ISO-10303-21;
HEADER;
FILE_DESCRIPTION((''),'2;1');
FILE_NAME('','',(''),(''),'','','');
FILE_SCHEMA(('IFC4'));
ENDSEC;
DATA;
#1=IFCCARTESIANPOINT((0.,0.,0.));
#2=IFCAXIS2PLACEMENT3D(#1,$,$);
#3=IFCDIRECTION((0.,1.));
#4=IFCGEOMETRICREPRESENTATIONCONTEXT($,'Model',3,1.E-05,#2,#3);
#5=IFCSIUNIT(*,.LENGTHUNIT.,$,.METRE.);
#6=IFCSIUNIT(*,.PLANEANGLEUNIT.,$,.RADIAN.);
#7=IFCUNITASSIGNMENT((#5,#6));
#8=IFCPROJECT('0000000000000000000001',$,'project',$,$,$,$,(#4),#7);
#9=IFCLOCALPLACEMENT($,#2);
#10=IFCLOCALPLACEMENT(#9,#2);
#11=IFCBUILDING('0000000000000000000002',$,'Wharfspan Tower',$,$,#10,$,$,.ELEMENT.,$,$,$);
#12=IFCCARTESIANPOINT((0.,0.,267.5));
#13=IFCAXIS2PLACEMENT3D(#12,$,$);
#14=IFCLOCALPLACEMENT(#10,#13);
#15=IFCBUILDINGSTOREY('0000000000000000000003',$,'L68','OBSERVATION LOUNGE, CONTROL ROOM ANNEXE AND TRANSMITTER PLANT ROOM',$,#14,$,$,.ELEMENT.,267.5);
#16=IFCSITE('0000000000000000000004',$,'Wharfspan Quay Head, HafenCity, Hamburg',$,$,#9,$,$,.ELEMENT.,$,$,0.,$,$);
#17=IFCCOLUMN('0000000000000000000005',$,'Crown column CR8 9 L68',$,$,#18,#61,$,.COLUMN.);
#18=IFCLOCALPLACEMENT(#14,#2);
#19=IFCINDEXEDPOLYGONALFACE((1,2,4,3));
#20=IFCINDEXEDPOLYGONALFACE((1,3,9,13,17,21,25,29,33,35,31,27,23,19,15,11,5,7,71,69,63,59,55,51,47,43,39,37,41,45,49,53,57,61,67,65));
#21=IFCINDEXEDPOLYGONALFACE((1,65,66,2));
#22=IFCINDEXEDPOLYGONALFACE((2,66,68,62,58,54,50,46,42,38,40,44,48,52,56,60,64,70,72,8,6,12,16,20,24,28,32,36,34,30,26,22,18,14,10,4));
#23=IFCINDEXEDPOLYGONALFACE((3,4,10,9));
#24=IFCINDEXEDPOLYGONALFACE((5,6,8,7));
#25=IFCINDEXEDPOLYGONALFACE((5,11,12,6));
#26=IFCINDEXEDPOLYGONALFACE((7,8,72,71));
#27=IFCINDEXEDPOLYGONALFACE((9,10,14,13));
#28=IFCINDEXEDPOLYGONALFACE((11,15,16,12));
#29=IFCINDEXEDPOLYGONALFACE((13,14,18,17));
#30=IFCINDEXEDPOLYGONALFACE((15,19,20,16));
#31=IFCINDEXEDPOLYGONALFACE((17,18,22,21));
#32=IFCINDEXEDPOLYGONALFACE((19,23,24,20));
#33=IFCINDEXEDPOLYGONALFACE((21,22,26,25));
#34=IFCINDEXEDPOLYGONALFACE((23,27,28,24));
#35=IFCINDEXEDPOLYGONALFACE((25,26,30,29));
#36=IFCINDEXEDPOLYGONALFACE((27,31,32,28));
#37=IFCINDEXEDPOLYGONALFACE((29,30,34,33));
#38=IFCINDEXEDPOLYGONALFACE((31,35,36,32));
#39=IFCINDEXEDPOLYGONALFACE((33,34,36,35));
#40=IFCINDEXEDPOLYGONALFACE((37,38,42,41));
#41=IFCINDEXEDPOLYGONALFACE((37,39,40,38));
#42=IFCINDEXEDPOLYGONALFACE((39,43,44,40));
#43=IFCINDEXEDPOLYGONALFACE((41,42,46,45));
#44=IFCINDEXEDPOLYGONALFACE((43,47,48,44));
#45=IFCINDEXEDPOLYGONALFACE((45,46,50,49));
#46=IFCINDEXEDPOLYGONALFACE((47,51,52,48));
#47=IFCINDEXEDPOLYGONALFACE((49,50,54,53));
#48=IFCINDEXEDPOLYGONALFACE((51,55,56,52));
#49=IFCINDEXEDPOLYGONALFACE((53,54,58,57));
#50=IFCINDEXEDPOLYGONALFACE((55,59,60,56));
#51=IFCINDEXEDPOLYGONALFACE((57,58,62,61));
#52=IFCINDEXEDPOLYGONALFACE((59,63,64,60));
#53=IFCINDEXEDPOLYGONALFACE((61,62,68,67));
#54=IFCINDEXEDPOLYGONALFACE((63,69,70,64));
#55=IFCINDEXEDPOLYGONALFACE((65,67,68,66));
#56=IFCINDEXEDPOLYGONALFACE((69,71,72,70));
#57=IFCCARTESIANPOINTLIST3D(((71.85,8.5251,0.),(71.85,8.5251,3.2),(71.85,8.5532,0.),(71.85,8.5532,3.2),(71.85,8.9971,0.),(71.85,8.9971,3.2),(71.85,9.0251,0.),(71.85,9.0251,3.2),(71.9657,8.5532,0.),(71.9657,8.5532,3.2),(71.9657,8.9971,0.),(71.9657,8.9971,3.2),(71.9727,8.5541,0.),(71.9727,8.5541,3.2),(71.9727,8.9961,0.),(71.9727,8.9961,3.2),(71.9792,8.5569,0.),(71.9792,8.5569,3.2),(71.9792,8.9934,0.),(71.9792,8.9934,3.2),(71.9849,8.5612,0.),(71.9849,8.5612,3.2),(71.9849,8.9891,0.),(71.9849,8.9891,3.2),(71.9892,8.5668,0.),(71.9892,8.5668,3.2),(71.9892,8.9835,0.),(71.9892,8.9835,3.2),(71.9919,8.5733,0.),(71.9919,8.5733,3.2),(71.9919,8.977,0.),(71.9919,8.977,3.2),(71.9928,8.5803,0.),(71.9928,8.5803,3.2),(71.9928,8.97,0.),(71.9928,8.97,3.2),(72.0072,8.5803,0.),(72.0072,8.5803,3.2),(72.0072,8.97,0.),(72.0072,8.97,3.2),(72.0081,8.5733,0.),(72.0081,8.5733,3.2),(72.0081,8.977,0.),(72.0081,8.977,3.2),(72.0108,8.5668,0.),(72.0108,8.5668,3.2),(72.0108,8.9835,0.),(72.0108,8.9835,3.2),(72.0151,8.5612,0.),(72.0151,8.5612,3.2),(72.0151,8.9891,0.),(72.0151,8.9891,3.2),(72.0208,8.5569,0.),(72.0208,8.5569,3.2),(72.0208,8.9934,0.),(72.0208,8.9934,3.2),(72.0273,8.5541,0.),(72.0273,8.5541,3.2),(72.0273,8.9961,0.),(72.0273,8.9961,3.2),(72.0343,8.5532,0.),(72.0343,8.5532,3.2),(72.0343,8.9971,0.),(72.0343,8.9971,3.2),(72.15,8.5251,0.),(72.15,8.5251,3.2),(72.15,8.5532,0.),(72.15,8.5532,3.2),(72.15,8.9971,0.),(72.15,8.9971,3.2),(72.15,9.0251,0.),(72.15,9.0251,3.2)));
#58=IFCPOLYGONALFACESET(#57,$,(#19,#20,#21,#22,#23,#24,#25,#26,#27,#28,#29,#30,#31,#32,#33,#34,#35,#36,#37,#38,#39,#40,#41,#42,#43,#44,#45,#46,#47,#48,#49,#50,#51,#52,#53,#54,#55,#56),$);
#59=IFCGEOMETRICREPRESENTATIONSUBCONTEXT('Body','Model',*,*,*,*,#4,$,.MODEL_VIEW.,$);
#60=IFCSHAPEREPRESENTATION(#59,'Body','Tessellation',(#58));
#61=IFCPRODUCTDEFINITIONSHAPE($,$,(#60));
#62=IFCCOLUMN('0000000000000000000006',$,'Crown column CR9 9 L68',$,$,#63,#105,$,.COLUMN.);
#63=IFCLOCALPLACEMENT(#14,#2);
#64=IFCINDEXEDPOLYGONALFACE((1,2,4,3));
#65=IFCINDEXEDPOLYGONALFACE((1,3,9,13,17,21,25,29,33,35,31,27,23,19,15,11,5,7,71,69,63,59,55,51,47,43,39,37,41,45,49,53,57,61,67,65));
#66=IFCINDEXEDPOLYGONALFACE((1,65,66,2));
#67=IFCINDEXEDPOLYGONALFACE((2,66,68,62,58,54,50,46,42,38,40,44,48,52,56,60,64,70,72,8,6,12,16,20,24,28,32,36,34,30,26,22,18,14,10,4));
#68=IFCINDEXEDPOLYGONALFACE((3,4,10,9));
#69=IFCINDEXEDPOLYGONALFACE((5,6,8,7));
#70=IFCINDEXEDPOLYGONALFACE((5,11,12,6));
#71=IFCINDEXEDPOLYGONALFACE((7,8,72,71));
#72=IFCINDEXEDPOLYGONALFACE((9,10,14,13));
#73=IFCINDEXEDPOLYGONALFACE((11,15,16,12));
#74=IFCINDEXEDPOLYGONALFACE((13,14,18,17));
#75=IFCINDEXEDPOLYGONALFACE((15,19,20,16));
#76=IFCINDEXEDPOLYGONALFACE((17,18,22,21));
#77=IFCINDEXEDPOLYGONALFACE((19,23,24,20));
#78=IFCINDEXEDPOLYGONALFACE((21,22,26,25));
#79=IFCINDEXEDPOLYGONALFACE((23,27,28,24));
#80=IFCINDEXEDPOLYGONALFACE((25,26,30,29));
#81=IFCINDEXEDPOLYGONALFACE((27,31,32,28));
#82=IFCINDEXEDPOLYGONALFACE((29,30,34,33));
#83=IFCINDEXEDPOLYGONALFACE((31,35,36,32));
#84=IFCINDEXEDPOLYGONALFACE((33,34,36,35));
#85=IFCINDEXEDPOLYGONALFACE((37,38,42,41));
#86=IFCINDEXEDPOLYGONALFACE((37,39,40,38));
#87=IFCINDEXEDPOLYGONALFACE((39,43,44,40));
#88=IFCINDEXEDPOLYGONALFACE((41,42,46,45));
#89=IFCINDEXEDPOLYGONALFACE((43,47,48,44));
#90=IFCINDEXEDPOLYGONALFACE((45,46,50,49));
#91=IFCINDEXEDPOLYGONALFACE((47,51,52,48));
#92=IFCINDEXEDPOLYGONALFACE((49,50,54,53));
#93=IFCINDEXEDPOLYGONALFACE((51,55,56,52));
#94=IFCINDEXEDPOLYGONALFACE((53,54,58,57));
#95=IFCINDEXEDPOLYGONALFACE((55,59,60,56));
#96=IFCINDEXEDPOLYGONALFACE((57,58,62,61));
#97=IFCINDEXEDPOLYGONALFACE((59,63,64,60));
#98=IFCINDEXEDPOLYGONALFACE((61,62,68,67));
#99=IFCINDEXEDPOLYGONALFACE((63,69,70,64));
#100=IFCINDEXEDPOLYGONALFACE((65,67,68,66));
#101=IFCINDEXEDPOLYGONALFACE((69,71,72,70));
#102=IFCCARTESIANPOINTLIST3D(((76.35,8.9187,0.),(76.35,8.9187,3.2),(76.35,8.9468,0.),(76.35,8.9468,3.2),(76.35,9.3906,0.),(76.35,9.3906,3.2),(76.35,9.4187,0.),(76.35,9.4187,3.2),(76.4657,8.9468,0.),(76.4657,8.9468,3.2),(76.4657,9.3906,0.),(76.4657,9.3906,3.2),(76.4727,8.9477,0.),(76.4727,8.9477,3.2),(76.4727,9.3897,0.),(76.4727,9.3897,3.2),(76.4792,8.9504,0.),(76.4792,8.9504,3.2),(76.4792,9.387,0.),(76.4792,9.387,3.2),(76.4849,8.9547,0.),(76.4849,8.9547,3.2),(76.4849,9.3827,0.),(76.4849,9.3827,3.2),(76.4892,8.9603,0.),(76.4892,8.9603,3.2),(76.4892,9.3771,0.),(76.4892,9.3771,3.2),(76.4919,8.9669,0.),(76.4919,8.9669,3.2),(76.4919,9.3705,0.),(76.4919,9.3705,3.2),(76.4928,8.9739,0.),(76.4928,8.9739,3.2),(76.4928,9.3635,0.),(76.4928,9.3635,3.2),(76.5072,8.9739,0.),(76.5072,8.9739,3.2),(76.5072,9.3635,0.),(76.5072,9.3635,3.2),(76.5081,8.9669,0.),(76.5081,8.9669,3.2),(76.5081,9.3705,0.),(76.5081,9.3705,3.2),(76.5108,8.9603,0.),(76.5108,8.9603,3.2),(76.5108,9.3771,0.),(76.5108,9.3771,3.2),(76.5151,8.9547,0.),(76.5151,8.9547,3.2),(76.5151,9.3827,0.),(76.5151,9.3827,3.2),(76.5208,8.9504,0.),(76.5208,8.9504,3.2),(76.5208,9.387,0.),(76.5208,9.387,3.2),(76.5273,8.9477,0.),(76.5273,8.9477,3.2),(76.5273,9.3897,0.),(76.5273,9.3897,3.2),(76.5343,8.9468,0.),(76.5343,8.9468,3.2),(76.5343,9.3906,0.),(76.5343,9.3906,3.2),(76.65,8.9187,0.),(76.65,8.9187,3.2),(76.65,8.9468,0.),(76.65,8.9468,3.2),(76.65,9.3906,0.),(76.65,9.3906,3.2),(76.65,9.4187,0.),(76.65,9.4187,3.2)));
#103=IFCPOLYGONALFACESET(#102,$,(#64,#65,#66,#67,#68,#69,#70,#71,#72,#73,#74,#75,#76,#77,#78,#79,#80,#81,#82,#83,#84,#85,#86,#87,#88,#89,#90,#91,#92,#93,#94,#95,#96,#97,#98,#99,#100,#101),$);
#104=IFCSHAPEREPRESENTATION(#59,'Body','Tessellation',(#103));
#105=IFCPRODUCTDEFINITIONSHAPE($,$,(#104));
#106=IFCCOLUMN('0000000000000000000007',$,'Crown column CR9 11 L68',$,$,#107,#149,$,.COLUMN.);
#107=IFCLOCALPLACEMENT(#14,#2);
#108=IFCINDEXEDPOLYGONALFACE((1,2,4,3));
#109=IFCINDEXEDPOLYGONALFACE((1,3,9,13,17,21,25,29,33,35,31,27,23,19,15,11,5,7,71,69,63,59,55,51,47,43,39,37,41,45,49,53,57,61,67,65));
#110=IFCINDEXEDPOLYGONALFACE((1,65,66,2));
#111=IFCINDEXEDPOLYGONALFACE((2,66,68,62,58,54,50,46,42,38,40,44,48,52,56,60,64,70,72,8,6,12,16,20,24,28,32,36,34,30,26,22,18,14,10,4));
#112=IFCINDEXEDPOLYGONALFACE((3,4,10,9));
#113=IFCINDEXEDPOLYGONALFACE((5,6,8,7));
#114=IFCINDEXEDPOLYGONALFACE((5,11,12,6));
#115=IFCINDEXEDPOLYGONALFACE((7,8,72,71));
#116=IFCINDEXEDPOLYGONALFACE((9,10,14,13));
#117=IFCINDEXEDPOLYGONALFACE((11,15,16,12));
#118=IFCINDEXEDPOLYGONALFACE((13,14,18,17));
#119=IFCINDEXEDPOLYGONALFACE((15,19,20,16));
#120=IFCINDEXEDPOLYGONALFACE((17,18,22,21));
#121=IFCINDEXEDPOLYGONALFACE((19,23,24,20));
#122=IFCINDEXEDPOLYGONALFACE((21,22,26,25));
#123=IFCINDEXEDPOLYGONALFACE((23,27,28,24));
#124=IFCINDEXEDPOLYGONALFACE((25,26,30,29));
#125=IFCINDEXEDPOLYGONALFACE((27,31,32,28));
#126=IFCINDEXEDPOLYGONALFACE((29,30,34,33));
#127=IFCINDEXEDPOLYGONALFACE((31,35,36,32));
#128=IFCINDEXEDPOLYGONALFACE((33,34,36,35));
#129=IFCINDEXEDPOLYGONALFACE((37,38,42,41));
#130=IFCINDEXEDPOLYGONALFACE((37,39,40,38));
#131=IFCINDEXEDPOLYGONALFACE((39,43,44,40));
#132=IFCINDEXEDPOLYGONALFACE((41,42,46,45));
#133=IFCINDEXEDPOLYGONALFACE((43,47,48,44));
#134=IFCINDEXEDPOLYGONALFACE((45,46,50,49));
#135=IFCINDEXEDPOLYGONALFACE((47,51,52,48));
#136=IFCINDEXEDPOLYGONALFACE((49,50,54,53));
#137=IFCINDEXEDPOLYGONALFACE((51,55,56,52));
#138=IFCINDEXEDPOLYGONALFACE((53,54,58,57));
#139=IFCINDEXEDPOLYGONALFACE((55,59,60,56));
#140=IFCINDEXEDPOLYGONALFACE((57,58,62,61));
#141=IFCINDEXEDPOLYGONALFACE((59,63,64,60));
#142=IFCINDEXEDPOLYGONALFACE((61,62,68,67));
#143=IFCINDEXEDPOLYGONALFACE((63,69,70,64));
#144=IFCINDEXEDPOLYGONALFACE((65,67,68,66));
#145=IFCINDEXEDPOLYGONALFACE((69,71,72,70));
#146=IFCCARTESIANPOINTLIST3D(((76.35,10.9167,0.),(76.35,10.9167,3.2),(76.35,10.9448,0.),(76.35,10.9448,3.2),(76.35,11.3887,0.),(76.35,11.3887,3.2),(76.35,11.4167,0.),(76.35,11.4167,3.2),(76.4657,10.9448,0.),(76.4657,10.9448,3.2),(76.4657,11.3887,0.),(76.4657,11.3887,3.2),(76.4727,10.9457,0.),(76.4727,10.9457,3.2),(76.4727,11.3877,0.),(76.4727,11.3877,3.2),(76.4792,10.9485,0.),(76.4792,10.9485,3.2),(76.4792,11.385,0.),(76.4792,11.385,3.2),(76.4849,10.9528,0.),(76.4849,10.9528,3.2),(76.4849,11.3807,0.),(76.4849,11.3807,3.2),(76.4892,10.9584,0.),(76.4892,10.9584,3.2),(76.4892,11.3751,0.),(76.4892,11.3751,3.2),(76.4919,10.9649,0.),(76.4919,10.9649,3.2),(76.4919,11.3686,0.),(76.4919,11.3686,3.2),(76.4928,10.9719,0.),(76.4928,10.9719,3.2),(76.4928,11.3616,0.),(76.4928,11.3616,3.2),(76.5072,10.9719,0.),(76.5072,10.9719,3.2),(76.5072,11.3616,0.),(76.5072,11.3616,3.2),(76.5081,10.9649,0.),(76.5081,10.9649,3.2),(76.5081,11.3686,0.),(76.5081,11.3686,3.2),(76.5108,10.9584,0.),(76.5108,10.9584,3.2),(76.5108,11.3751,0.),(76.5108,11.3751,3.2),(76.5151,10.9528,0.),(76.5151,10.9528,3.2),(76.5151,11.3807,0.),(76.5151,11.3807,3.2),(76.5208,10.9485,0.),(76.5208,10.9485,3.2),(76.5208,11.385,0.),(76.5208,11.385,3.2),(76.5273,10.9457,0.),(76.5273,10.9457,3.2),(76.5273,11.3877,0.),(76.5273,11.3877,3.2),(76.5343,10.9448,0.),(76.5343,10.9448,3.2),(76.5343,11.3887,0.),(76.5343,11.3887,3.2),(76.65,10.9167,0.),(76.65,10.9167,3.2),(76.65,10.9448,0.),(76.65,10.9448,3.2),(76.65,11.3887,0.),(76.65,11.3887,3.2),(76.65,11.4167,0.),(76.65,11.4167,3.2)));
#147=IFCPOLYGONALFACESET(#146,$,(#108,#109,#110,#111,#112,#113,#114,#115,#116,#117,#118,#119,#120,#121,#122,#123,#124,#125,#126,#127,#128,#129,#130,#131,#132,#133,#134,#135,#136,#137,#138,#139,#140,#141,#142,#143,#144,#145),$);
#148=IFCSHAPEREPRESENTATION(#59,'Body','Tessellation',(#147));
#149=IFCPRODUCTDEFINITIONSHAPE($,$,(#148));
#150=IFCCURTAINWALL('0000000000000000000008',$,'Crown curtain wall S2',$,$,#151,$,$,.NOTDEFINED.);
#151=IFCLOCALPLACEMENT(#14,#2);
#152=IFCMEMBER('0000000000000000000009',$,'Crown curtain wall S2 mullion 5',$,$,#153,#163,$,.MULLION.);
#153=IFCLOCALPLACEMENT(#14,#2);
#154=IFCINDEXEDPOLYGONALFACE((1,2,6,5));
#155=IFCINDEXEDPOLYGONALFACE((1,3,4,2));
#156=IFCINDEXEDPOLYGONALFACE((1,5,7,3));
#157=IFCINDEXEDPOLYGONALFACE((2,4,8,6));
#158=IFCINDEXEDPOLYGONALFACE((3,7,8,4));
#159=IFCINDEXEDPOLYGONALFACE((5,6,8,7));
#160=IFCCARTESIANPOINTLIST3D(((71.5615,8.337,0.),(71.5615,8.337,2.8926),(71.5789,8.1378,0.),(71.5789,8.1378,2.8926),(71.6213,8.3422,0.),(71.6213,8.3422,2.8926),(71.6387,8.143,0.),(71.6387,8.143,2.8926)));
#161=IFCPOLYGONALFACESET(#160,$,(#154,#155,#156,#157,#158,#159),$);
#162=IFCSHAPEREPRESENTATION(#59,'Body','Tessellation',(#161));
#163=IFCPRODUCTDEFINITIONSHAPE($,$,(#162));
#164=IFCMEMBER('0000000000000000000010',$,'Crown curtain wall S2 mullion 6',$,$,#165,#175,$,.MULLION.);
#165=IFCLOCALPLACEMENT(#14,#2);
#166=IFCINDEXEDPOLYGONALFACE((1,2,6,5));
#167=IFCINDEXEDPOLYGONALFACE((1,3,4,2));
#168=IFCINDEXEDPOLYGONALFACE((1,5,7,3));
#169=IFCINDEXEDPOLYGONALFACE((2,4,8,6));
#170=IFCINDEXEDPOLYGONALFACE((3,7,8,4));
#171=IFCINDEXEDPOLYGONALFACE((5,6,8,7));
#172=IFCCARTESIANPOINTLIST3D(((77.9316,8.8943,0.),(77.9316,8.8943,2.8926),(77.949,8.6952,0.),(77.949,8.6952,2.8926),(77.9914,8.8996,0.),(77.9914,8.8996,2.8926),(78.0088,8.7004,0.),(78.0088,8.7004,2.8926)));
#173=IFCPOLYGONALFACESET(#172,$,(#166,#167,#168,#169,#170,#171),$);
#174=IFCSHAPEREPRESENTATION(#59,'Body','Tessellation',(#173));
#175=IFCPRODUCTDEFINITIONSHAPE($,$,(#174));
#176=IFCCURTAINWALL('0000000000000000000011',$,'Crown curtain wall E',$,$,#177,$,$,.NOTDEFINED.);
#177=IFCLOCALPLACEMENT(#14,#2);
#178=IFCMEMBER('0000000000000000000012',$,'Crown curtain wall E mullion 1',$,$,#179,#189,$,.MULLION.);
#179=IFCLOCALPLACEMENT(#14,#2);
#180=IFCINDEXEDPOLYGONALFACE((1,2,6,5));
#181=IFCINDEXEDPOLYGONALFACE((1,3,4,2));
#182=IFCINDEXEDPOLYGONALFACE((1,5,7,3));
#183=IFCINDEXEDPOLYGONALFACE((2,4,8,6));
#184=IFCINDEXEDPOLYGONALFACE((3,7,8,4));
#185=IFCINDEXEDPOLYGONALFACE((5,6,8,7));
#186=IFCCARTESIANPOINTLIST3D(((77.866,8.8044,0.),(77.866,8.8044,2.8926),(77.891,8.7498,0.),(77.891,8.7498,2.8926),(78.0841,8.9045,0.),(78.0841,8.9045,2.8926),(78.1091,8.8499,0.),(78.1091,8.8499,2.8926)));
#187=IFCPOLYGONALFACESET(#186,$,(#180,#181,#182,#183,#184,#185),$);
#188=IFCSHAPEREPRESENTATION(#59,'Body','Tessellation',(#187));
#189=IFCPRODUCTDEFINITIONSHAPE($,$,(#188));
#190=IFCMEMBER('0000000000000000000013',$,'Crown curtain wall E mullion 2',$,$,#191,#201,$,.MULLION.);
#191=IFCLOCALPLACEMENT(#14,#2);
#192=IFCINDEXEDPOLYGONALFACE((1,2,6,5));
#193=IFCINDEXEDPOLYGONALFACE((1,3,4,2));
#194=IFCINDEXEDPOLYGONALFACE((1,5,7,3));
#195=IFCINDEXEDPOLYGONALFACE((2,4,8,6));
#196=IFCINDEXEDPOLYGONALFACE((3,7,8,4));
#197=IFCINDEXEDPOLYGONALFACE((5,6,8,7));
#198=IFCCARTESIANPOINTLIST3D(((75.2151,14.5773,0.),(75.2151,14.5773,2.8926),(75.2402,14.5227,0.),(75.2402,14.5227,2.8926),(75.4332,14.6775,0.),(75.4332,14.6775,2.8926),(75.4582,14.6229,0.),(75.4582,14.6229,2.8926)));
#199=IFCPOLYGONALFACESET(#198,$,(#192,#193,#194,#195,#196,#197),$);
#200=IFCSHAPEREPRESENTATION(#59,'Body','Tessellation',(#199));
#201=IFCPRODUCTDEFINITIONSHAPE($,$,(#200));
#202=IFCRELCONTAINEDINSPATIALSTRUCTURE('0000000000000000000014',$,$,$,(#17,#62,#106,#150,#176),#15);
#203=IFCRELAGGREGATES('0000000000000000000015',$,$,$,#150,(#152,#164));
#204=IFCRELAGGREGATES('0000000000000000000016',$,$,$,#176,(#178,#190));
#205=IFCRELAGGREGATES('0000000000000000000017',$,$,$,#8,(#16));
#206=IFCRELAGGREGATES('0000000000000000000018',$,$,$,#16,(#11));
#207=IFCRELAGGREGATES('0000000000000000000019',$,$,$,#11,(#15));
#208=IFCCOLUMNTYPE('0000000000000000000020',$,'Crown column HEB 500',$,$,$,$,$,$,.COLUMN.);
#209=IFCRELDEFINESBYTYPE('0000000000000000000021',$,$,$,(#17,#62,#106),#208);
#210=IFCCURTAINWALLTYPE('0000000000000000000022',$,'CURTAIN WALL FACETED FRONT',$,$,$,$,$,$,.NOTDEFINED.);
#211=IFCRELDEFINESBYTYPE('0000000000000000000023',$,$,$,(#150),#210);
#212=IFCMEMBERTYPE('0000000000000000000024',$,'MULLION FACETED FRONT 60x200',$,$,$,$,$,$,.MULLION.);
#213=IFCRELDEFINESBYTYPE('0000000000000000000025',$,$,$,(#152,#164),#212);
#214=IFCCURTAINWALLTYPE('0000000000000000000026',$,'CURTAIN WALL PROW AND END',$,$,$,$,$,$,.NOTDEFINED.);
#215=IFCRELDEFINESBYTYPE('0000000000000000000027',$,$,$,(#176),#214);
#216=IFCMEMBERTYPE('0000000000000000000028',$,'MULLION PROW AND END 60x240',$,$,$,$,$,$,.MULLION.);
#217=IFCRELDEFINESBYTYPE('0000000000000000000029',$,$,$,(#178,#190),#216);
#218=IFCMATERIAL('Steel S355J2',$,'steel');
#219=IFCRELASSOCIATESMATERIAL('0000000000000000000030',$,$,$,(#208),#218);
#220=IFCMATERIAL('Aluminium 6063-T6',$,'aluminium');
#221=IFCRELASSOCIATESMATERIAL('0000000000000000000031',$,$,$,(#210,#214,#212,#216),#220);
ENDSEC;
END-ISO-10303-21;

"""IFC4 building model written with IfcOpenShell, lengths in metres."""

from ifc_helpers import new_model, si_unit, direction, frame, origin, origin_2d, place, context, subcontext, project, spatial, rectangle, i_section, extrude, material, material_profile, profile_set, type_object, element, aggregate, save


model = new_model("IFC4")

# Units and contexts
model_context = context("Model", 3, precision=1e-05, world=origin(), true_north=direction((0.0, 1.0)))
body_context = subcontext(model_context, "Body", "Model", "MODEL_VIEW")
ifc_project = project(units=[si_unit("LENGTHUNIT", "METRE"), si_unit("PLANEANGLEUNIT", "RADIAN")], contexts=[model_context])

# Site, building, storey
site_placement = place(None, origin())
site = spatial("IfcSite", under=ifc_project, at=site_placement, Name="Wharfspan Quay Head, HafenCity, Hamburg", CompositionType="ELEMENT", RefElevation=0.0)
building_placement = place(site_placement, origin())
building = spatial("IfcBuilding", under=site, at=building_placement, Name="Wharfspan Tower", CompositionType="ELEMENT")
storey_placement = place(building_placement, frame((0.0, 0.0, 267.5)))
storey = spatial("IfcBuildingStorey", under=building, at=storey_placement, Name="L68", Description="OBSERVATION LOUNGE, CONTROL ROOM ANNEXE AND TRANSMITTER PLANT ROOM", CompositionType="ELEMENT", Elevation=267.5)

# Columns
ifc_material_1 = material(Name="Steel S355J2", Category="steel")
ifc_material_profile_1 = material_profile(ifc_material_1, i_section(OverallWidth=0.3, OverallDepth=0.5, WebThickness=0.0144, FlangeThickness=0.0281, FilletRadius=0.0271, at=origin_2d()))
ifc_profile_set_1 = profile_set([ifc_material_profile_1], Name="Steel S355J2")
column_type = type_object("IfcColumnType", Name="Crown column HEB 500", PredefinedType="COLUMN", material=ifc_profile_set_1)
for number, where, z_axis, x_axis, name in (
    (1, (72.0, 8.7751, 0.0), (0.0, 0.0, 1.0), (1.0, 0.0, 0.0), "Crown column CR8 9 L68"),
    (2, (76.5, 9.1687, 0.0), (0.0, 0.0, 1.0), (1.0, 0.0, 0.0), "Crown column CR9 9 L68"),
    (3, (76.5, 11.1667, 0.0), (0.0, 0.0, 1.0), (1.0, 0.0, 0.0), "Crown column CR9 11 L68"),
):
    element("IfcColumn", number, at=place(storey_placement, frame(where, z_axis=z_axis, x_axis=x_axis)), inside=storey, type_object=column_type, Name=name, PredefinedType="COLUMN", context=body_context, shape_type="SweptSolid", body=[
        extrude(i_section(OverallWidth=0.3, OverallDepth=0.5, WebThickness=0.0144, FlangeThickness=0.0281, FilletRadius=0.0271, at=origin_2d()), origin(), (0.0, 0.0, 1.0), 3.2),
    ])

# Curtain walls, members
ifc_material_2 = material(Name="Aluminium 6063-T6", Category="aluminium")
curtain_wall_type_1 = type_object("IfcCurtainWallType", Name="CURTAIN WALL FACETED FRONT", PredefinedType="NOTDEFINED", material=ifc_material_2)
curtain_wall_1_placement = place(storey_placement, origin())
curtain_wall_1 = element("IfcCurtainWall", 4, at=curtain_wall_1_placement, inside=storey, type_object=curtain_wall_type_1, Name="Crown curtain wall S2", PredefinedType="NOTDEFINED")
ifc_material_profile_2 = material_profile(ifc_material_2, rectangle(XDim=0.2, YDim=0.0601, at=origin_2d()))
ifc_profile_set_2 = profile_set([ifc_material_profile_2], Name="Aluminium 6063-T6")
member_type_1 = type_object("IfcMemberType", Name="MULLION FACETED FRONT 60x200", PredefinedType="MULLION", material=ifc_profile_set_2)
member_1_placement = place(storey_placement, frame((71.6001, 8.24, 0.0), z_axis=(0.0, 0.0, 1.0), x_axis=(-0.087156, 0.996198, 0.0)))
member_1 = element("IfcMember", 5, at=member_1_placement, type_object=member_type_1, Name="Crown curtain wall S2 mullion 5", PredefinedType="MULLION", context=body_context, shape_type="SweptSolid", body=[
    extrude(rectangle(XDim=0.2, YDim=0.0601, at=origin_2d()), origin(), (0.0, 0.0, 1.0), 2.8926),
])
member_2_placement = place(storey_placement, frame((77.9702, 8.7974, 0.0), z_axis=(0.0, 0.0, 1.0), x_axis=(-0.087156, 0.996198, 0.0)))
member_2 = element("IfcMember", 6, at=member_2_placement, type_object=member_type_1, Name="Crown curtain wall S2 mullion 6", PredefinedType="MULLION", context=body_context, shape_type="SweptSolid", body=[
    extrude(rectangle(XDim=0.2, YDim=0.0601, at=origin_2d()), origin(), (0.0, 0.0, 1.0), 2.8926),
])
curtain_wall_type_2 = type_object("IfcCurtainWallType", Name="CURTAIN WALL PROW AND END", PredefinedType="NOTDEFINED", material=ifc_material_2)
curtain_wall_2_placement = place(storey_placement, origin())
curtain_wall_2 = element("IfcCurtainWall", 7, at=curtain_wall_2_placement, inside=storey, type_object=curtain_wall_type_2, Name="Crown curtain wall E", PredefinedType="NOTDEFINED")
ifc_material_profile_3 = material_profile(ifc_material_2, rectangle(XDim=0.24, YDim=0.0601, at=origin_2d()))
ifc_profile_set_3 = profile_set([ifc_material_profile_3], Name="Aluminium 6063-T6")
member_type_2 = type_object("IfcMemberType", Name="MULLION PROW AND END 60x240", PredefinedType="MULLION", material=ifc_profile_set_3)
member_3_placement = place(storey_placement, frame((77.9875, 8.8271, 0.0), z_axis=(0.0, 0.0, 1.0), x_axis=(-0.908769, -0.417292, 0.0)))
member_3 = element("IfcMember", 8, at=member_3_placement, type_object=member_type_2, Name="Crown curtain wall E mullion 1", PredefinedType="MULLION", context=body_context, shape_type="SweptSolid", body=[
    extrude(rectangle(XDim=0.24, YDim=0.0601, at=origin_2d()), origin(), (0.0, 0.0, 1.0), 2.8926),
])
member_4_placement = place(storey_placement, frame((75.3367, 14.6001, 0.0), z_axis=(0.0, 0.0, 1.0), x_axis=(-0.908769, -0.417292, 0.0)))
member_4 = element("IfcMember", 9, at=member_4_placement, type_object=member_type_2, Name="Crown curtain wall E mullion 2", PredefinedType="MULLION", context=body_context, shape_type="SweptSolid", body=[
    extrude(rectangle(XDim=0.24, YDim=0.0601, at=origin_2d()), origin(), (0.0, 0.0, 1.0), 2.8926),
])

aggregate(curtain_wall_1, [member_1, member_2])
aggregate(curtain_wall_2, [member_3, member_4])

save(model, "model.ifc")
